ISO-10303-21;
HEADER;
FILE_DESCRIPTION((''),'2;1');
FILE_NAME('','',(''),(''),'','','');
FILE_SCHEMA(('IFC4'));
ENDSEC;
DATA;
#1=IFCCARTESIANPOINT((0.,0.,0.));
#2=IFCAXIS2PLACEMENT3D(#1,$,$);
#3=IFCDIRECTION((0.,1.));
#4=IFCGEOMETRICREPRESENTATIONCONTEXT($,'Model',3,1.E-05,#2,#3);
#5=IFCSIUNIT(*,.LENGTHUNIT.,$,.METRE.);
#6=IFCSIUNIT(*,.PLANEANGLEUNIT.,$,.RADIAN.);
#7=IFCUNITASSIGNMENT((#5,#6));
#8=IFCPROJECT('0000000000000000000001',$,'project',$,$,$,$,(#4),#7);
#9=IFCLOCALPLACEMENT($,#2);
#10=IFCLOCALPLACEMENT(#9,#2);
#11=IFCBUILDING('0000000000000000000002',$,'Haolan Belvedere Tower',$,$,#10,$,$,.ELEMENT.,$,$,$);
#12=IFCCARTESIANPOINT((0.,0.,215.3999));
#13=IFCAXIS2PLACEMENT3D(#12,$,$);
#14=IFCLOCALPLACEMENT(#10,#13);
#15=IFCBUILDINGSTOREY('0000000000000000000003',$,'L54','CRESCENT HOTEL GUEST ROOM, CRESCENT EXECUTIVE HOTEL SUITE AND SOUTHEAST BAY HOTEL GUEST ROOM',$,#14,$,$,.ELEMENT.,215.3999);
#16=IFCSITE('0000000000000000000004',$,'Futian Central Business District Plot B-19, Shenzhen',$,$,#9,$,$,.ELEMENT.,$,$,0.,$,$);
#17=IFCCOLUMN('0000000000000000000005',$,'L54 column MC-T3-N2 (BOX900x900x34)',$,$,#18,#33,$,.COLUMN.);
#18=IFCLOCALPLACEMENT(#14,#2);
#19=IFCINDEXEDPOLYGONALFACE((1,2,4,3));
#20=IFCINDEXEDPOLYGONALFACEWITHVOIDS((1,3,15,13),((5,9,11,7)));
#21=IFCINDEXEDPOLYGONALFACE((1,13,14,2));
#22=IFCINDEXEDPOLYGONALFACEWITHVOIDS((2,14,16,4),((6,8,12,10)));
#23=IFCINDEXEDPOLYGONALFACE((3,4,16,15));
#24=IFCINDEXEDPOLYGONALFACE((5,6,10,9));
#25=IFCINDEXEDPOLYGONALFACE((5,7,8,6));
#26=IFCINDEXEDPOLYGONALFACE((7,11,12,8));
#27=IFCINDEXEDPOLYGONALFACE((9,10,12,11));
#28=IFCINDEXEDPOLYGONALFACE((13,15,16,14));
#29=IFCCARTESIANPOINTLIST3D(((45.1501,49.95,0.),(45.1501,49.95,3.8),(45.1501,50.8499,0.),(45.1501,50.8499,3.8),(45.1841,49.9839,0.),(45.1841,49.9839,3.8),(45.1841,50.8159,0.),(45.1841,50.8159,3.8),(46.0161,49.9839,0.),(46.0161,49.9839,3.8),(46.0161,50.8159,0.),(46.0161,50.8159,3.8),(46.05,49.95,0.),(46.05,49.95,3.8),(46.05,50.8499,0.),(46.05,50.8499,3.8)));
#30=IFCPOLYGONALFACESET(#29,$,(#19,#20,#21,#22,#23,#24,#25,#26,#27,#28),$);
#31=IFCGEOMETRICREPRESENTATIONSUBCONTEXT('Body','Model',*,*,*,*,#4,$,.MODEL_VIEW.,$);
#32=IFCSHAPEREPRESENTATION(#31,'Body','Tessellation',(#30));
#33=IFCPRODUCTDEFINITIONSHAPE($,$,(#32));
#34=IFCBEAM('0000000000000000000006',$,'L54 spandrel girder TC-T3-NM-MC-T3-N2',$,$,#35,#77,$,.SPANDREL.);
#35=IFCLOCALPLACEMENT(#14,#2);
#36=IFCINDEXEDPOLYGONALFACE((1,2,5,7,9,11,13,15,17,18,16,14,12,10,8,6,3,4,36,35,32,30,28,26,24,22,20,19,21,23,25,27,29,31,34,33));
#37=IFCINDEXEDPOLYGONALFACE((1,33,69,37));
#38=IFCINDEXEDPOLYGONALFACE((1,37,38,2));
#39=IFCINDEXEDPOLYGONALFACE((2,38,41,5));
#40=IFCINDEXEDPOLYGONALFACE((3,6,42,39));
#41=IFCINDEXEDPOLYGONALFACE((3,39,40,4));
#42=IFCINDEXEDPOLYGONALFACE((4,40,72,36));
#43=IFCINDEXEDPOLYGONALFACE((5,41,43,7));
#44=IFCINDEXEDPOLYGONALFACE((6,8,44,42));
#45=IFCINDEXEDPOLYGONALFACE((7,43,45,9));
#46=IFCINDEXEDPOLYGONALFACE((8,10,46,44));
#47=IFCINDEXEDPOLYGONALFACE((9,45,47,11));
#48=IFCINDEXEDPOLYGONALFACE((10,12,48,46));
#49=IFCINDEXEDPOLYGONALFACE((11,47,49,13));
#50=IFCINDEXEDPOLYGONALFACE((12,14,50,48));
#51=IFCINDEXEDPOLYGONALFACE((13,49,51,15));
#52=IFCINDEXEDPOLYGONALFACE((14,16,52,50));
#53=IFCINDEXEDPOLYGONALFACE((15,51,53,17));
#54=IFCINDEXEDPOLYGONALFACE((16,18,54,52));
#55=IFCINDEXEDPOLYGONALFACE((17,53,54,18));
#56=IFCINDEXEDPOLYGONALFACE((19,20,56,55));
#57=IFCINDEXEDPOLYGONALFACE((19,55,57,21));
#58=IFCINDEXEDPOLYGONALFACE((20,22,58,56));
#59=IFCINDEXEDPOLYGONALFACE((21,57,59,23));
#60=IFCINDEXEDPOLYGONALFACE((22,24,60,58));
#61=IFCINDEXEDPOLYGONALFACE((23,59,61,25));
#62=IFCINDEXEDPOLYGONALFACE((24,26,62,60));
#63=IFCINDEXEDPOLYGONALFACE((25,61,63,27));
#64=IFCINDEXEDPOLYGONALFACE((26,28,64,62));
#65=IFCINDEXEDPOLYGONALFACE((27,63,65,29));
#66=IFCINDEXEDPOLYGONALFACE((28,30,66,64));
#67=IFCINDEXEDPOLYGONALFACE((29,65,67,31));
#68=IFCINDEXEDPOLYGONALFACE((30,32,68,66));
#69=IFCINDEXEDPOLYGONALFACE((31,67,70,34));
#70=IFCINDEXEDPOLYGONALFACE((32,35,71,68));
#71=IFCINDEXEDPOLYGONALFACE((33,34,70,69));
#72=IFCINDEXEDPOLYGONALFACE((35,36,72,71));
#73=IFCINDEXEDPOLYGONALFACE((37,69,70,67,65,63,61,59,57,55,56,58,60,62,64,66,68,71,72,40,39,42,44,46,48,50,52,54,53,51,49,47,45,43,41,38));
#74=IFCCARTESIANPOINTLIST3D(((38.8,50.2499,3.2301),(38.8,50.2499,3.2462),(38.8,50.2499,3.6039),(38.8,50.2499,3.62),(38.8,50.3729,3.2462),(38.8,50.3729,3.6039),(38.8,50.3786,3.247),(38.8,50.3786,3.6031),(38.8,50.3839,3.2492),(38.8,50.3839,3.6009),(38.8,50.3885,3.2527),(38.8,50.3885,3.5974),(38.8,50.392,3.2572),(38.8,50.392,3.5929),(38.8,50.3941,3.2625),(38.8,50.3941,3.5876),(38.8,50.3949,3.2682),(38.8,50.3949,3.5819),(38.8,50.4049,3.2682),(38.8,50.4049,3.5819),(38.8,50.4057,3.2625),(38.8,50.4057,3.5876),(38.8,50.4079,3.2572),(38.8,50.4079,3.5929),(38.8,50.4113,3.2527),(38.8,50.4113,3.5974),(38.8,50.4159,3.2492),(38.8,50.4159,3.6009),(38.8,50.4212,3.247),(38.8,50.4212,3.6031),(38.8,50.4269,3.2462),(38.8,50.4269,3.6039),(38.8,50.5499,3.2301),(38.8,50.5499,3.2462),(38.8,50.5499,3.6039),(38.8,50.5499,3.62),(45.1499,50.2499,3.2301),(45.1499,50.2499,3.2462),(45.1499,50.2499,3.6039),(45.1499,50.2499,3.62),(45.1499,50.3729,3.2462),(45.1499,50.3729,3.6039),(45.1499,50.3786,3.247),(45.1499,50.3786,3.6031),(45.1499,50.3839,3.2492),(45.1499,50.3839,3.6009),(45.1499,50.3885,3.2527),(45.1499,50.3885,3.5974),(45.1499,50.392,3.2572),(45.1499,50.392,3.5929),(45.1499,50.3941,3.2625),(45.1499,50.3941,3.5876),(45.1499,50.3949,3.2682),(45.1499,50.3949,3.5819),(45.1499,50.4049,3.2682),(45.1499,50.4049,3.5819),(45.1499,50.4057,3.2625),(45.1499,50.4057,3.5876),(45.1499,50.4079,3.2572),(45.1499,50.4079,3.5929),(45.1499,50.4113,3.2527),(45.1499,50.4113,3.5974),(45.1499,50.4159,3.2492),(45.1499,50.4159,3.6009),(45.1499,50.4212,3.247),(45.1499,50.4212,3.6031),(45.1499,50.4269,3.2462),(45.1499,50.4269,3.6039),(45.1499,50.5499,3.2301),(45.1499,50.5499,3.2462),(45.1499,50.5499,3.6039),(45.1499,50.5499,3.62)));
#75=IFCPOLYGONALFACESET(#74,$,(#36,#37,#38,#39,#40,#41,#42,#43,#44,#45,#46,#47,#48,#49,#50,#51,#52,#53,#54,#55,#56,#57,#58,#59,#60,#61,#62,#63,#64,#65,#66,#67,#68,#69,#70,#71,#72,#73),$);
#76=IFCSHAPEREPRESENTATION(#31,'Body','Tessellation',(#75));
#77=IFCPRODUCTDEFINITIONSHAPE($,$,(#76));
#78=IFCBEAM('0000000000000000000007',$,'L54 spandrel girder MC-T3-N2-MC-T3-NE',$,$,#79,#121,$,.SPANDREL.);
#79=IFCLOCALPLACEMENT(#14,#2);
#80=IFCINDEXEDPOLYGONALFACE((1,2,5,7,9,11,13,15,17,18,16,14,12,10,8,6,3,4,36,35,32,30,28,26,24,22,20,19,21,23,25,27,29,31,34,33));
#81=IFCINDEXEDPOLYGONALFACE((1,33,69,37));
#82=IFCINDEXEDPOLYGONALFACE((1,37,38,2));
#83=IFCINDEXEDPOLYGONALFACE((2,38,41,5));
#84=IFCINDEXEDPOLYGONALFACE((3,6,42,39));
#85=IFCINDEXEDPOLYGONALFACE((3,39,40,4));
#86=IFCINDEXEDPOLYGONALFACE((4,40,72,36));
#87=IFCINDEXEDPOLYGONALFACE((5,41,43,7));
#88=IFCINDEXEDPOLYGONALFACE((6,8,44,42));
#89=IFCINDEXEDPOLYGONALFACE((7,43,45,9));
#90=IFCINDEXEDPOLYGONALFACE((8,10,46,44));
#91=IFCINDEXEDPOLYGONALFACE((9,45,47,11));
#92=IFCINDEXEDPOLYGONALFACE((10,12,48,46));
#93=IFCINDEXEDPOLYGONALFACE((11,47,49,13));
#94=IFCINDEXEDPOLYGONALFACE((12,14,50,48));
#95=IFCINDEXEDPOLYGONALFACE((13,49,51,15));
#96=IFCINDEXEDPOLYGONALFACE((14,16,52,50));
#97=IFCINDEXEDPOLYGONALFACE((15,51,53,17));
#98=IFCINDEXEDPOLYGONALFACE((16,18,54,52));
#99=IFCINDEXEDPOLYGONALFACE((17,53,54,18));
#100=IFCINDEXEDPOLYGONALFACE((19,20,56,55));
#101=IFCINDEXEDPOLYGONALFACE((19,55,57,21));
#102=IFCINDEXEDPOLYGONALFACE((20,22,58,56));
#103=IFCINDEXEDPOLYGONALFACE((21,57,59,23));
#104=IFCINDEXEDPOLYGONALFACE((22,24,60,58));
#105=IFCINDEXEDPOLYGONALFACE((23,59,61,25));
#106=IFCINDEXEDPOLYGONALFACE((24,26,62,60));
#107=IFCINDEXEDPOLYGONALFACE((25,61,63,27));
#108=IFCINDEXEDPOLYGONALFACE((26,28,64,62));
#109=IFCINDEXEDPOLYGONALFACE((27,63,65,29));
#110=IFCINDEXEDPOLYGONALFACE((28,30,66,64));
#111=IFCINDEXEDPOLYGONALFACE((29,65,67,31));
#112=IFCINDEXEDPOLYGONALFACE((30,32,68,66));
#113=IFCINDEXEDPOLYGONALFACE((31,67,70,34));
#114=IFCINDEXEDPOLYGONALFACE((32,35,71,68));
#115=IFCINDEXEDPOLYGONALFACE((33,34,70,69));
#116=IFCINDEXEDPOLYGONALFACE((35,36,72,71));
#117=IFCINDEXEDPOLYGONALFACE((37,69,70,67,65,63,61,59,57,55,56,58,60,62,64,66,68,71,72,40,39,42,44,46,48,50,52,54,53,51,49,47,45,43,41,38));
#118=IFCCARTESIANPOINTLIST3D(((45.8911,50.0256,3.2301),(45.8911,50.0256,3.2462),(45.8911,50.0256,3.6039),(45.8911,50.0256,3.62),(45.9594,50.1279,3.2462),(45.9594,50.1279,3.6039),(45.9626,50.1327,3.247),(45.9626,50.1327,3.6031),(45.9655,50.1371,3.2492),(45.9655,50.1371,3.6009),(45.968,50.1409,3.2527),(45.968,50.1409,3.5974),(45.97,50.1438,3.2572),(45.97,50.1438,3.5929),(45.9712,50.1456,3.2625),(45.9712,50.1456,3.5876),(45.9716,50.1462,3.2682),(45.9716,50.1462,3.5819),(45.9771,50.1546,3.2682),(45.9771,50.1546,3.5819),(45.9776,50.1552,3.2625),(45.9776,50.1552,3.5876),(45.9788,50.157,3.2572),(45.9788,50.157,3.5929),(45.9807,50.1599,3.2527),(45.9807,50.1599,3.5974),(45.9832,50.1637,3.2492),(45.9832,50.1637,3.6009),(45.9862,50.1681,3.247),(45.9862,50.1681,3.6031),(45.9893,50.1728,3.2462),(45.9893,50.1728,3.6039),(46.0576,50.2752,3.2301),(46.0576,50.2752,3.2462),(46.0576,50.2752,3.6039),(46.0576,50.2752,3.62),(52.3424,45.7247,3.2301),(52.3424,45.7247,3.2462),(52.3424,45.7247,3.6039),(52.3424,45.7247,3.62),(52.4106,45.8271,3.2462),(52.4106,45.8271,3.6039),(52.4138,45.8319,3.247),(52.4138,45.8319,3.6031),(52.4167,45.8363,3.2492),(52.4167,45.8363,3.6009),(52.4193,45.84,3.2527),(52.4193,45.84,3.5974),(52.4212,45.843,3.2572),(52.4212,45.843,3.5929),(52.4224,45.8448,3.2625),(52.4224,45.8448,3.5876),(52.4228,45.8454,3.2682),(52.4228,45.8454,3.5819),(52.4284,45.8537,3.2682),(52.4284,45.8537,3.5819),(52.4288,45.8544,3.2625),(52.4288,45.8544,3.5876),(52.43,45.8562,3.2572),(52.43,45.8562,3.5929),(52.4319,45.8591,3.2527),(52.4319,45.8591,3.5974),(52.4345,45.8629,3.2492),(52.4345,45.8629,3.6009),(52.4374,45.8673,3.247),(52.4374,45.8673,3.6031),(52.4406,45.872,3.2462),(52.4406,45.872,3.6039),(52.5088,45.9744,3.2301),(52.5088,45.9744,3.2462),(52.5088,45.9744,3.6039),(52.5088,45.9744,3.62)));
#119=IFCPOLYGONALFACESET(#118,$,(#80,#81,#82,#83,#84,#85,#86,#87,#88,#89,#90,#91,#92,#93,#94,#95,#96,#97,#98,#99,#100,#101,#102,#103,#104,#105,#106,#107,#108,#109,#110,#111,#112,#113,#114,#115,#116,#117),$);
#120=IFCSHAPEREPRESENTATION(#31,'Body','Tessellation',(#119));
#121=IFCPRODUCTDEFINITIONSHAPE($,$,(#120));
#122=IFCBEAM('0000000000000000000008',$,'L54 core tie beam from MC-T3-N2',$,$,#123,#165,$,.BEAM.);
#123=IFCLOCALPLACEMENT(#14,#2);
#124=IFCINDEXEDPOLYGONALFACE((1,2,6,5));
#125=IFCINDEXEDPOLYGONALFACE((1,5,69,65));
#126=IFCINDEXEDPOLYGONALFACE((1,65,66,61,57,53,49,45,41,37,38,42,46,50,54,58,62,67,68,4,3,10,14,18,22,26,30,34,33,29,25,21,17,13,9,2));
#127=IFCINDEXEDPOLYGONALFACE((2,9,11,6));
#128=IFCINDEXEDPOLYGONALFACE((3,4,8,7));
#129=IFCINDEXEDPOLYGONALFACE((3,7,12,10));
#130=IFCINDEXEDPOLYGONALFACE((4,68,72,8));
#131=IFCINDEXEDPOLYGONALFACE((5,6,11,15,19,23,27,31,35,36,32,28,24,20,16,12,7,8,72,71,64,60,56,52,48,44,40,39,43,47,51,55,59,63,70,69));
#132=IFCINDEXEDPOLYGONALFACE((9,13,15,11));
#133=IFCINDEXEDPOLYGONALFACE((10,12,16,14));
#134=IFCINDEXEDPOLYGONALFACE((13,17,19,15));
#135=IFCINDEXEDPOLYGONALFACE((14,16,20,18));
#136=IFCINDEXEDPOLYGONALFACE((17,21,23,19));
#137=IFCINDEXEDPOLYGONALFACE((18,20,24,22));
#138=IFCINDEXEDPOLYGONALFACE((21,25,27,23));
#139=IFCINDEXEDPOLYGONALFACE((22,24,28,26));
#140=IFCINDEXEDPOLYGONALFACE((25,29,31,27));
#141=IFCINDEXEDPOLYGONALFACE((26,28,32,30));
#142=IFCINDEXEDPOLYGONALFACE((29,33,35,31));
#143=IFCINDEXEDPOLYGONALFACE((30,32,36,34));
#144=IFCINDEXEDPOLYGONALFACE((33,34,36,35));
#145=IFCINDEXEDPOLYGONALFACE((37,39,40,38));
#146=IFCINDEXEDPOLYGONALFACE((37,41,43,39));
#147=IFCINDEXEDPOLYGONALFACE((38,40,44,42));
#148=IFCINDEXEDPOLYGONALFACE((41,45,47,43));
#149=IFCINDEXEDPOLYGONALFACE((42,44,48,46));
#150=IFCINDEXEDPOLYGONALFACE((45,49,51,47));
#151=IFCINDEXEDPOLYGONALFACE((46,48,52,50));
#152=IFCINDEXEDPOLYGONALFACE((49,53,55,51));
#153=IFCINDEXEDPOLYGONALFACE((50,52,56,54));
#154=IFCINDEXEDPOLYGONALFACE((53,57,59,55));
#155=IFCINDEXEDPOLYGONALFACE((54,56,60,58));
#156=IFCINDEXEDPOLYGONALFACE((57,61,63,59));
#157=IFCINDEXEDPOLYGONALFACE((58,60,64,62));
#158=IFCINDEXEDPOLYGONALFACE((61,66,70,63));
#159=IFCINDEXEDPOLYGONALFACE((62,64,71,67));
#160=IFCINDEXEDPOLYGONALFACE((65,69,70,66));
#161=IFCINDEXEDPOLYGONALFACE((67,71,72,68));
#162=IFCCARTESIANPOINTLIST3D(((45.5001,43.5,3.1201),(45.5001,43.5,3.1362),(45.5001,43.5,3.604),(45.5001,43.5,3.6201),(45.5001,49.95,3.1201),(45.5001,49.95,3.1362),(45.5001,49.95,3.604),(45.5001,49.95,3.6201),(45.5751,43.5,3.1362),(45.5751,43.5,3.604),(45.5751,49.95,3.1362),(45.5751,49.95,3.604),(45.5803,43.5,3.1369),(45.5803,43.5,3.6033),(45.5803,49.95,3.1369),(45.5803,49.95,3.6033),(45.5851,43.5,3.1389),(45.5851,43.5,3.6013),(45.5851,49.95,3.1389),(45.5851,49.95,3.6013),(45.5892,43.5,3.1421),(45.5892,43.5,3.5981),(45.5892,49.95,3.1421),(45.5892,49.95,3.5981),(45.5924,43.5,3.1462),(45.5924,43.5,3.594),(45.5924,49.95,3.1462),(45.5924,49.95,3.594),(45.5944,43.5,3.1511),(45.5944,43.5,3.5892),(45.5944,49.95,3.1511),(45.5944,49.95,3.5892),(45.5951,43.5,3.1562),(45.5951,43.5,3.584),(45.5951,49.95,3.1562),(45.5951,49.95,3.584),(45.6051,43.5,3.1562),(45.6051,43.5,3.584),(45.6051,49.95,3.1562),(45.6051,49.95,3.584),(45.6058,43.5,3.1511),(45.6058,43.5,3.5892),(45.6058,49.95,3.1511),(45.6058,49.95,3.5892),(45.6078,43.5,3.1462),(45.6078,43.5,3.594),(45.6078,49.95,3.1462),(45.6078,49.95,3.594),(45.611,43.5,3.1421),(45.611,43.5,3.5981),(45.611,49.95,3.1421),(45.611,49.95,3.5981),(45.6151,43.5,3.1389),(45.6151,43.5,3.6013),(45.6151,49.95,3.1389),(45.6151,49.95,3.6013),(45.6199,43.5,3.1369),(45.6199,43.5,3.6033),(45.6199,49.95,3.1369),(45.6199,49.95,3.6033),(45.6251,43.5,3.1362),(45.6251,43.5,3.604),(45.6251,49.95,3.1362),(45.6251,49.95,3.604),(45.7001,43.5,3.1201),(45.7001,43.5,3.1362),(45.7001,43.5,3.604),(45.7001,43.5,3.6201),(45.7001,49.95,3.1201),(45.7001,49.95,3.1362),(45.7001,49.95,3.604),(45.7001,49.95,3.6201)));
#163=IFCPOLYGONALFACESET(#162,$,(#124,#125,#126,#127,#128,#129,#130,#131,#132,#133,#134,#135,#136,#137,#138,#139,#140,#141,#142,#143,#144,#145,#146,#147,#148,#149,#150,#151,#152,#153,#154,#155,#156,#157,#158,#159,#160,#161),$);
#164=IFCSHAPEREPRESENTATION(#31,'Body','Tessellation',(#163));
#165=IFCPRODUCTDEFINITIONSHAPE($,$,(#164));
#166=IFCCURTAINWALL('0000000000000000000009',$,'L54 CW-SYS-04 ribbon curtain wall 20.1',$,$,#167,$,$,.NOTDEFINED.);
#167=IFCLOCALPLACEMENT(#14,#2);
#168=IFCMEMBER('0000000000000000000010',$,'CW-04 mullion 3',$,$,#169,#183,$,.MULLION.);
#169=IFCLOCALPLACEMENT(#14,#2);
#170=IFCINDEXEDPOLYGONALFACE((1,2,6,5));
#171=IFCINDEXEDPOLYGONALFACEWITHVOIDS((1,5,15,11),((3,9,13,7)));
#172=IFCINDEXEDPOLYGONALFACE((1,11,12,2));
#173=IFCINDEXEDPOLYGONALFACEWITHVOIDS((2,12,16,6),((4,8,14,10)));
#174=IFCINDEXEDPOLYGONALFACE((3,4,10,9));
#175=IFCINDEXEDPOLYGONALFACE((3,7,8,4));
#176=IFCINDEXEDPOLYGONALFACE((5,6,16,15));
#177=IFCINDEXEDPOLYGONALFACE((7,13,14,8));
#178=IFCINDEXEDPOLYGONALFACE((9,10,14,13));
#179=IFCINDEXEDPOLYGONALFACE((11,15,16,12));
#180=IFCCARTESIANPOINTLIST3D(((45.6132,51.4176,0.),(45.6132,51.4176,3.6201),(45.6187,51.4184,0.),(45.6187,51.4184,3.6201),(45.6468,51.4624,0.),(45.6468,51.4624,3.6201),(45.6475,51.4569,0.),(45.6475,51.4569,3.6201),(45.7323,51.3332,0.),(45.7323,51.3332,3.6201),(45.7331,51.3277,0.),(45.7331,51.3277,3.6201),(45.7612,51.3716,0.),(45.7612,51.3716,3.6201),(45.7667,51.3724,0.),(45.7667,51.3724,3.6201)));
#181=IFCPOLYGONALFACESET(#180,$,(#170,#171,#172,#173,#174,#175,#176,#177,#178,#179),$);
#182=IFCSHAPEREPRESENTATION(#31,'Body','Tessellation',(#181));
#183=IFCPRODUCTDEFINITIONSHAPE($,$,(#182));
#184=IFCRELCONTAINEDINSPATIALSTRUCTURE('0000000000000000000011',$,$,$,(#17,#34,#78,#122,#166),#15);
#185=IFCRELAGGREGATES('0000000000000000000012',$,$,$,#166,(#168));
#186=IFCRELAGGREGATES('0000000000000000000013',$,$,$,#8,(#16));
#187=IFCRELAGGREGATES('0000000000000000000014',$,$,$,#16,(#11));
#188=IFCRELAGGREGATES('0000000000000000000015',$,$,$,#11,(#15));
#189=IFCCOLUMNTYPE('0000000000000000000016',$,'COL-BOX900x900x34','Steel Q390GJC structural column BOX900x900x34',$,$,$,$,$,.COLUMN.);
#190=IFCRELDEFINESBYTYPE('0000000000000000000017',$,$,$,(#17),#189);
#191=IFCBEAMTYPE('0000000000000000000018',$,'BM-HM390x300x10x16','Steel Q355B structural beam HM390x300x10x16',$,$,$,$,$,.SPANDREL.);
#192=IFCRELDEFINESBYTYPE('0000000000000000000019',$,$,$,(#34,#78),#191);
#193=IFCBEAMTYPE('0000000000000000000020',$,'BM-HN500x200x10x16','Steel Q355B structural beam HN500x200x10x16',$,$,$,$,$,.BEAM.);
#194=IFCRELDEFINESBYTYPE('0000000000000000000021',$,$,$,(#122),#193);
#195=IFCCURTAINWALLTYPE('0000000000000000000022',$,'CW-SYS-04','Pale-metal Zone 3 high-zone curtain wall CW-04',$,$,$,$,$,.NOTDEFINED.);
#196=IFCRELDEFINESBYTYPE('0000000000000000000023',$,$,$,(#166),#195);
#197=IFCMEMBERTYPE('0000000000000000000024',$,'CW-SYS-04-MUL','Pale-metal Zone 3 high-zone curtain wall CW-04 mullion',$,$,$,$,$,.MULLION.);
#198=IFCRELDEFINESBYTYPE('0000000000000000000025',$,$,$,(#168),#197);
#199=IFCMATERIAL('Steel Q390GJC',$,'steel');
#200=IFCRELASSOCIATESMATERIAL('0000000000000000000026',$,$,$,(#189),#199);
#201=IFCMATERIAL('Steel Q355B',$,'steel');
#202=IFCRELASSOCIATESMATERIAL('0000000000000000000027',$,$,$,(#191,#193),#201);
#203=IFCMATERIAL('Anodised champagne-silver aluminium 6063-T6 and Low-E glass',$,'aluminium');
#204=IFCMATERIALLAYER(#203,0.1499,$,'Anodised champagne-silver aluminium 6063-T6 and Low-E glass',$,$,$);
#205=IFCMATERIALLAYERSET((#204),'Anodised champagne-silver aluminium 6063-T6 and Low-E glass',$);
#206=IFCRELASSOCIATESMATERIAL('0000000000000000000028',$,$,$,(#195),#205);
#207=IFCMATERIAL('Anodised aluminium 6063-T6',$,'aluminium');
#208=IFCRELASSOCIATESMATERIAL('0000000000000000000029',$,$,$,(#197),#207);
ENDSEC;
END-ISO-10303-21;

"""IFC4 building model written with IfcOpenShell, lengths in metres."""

from ifc_helpers import new_model, si_unit, direction, frame, origin, origin_2d, place, context, subcontext, project, spatial, hollow_rectangle, i_section, extrude, material, layer, layer_set, material_profile, profile_set, type_object, element, aggregate, save


model = new_model("IFC4")

# Units and contexts
model_context = context("Model", 3, precision=1e-05, world=origin(), true_north=direction((0.0, 1.0)))
body_context = subcontext(model_context, "Body", "Model", "MODEL_VIEW")
ifc_project = project(units=[si_unit("LENGTHUNIT", "METRE"), si_unit("PLANEANGLEUNIT", "RADIAN")], contexts=[model_context])

# Site, building, storey
site_placement = place(None, origin())
site = spatial("IfcSite", under=ifc_project, at=site_placement, Name="Futian Central Business District Plot B-19, Shenzhen", CompositionType="ELEMENT", RefElevation=0.0)
building_placement = place(site_placement, origin())
building = spatial("IfcBuilding", under=site, at=building_placement, Name="Haolan Belvedere Tower", CompositionType="ELEMENT")
storey_placement = place(building_placement, frame((0.0, 0.0, 215.3999)))
storey = spatial("IfcBuildingStorey", under=building, at=storey_placement, Name="L54", Description="CRESCENT HOTEL GUEST ROOM, CRESCENT EXECUTIVE HOTEL SUITE AND SOUTHEAST BAY HOTEL GUEST ROOM", CompositionType="ELEMENT", Elevation=215.3999)

# Column
ifc_material_1 = material(Name="Steel Q390GJC", Category="steel")
ifc_material_profile_1 = material_profile(ifc_material_1, hollow_rectangle(XDim=0.8999, YDim=0.8999, WallThickness=0.0339, at=origin_2d()), Name="Steel Q390GJC")
ifc_profile_set_1 = profile_set([ifc_material_profile_1], Name="Steel Q390GJC")
column_type = type_object("IfcColumnType", Name="COL-BOX900x900x34", Description="Steel Q390GJC structural column BOX900x900x34", PredefinedType="COLUMN", material=ifc_profile_set_1)
column_placement = place(storey_placement, frame((45.6001, 50.3999, 0.0), z_axis=(0.0, 0.0, 1.0), x_axis=(1.0, 0.0, 0.0)))
element("IfcColumn", 1, at=column_placement, inside=storey, type_object=column_type, Name="L54 column MC-T3-N2 (BOX900x900x34)", PredefinedType="COLUMN", context=body_context, shape_type="SweptSolid", body=[
    extrude(hollow_rectangle(XDim=0.8999, YDim=0.8999, WallThickness=0.0339, at=origin_2d()), origin(), (0.0, 0.0, 1.0), 3.8),
])

# Beams
ifc_material_2 = material(Name="Steel Q355B", Category="steel")
ifc_material_profile_2 = material_profile(ifc_material_2, i_section(OverallWidth=0.3, OverallDepth=0.3899, WebThickness=0.01, FlangeThickness=0.0161, FilletRadius=0.022, at=origin_2d()), Name="Steel Q355B")
ifc_profile_set_2 = profile_set([ifc_material_profile_2], Name="Steel Q355B")
beam_type_1 = type_object("IfcBeamType", Name="BM-HM390x300x10x16", Description="Steel Q355B structural beam HM390x300x10x16", PredefinedType="SPANDREL", material=ifc_profile_set_2)
beam_1_placement = place(storey_placement, frame((38.8, 50.3999, 3.425), z_axis=(1.0, 0.0, 0.0), x_axis=(0.0, 1.0, 0.0)))
element("IfcBeam", 2, at=beam_1_placement, inside=storey, type_object=beam_type_1, Name="L54 spandrel girder TC-T3-NM-MC-T3-N2", PredefinedType="SPANDREL", context=body_context, shape_type="SweptSolid", body=[
    extrude(i_section(OverallWidth=0.3, OverallDepth=0.3899, WebThickness=0.01, FlangeThickness=0.0161, FilletRadius=0.022, at=origin_2d()), origin(), (0.0, 0.0, 1.0), 6.3499),
])
beam_2_placement = place(storey_placement, frame((45.9744, 50.1504, 3.425), z_axis=(0.83205, -0.5547, 0.0), x_axis=(0.5547, 0.83205, 0.0)))
element("IfcBeam", 3, at=beam_2_placement, inside=storey, type_object=beam_type_1, Name="L54 spandrel girder MC-T3-N2-MC-T3-NE", PredefinedType="SPANDREL", context=body_context, shape_type="SweptSolid", body=[
    extrude(i_section(OverallWidth=0.3, OverallDepth=0.3899, WebThickness=0.01, FlangeThickness=0.0161, FilletRadius=0.022, at=origin_2d()), origin(), (0.0, 0.0, 1.0), 7.7534),
])
ifc_material_profile_3 = material_profile(ifc_material_2, i_section(OverallWidth=0.2, OverallDepth=0.5, WebThickness=0.01, FlangeThickness=0.0161, FilletRadius=0.02, at=origin_2d()), Name="Steel Q355B")
ifc_profile_set_3 = profile_set([ifc_material_profile_3], Name="Steel Q355B")
beam_type_2 = type_object("IfcBeamType", Name="BM-HN500x200x10x16", Description="Steel Q355B structural beam HN500x200x10x16", PredefinedType="BEAM", material=ifc_profile_set_3)
beam_3_placement = place(storey_placement, frame((45.6001, 49.95, 3.3701), z_axis=(0.0, -1.0, 0.0), x_axis=(1.0, 0.0, 0.0)))
element("IfcBeam", 4, at=beam_3_placement, inside=storey, type_object=beam_type_2, Name="L54 core tie beam from MC-T3-N2", PredefinedType="BEAM", context=body_context, shape_type="SweptSolid", body=[
    extrude(i_section(OverallWidth=0.2, OverallDepth=0.5, WebThickness=0.01, FlangeThickness=0.0161, FilletRadius=0.02, at=origin_2d()), origin(), (0.0, 0.0, 1.0), 6.45),
])

# Curtain wall, member
ifc_material_3 = material(Name="Anodised champagne-silver aluminium 6063-T6 and Low-E glass", Category="aluminium")
ifc_layer_1 = layer(ifc_material_3, 0.1499, Name="Anodised champagne-silver aluminium 6063-T6 and Low-E glass")
ifc_layer_set_1 = layer_set([ifc_layer_1], Name="Anodised champagne-silver aluminium 6063-T6 and Low-E glass")
curtain_wall_type = type_object("IfcCurtainWallType", Name="CW-SYS-04", Description="Pale-metal Zone 3 high-zone curtain wall CW-04", PredefinedType="NOTDEFINED", material=ifc_layer_set_1)
curtain_wall_1_placement = place(storey_placement, origin())
curtain_wall_1 = element("IfcCurtainWall", 5, at=curtain_wall_1_placement, inside=storey, type_object=curtain_wall_type, Name="L54 CW-SYS-04 ribbon curtain wall 20.1", PredefinedType="NOTDEFINED")
ifc_material_4 = material(Name="Anodised aluminium 6063-T6", Category="aluminium")
ifc_material_profile_4 = material_profile(ifc_material_4, hollow_rectangle(XDim=0.0559, YDim=0.1499, WallThickness=0.0039, at=origin_2d()), Name="Anodised aluminium 6063-T6")
ifc_profile_set_4 = profile_set([ifc_material_profile_4], Name="Anodised aluminium 6063-T6")
member_type_1 = type_object("IfcMemberType", Name="CW-SYS-04-MUL", Description="Pale-metal Zone 3 high-zone curtain wall CW-04 mullion", PredefinedType="MULLION", material=ifc_profile_set_4)
member_1_placement = place(storey_placement, frame((45.6899, 51.395, 0.0), z_axis=(0.0, 0.0, 1.0), x_axis=(-0.600003, -0.799998, 0.0)))
member_1 = element("IfcMember", 6, at=member_1_placement, type_object=member_type_1, Name="CW-04 mullion 3", PredefinedType="MULLION", context=body_context, shape_type="SweptSolid", body=[
    extrude(hollow_rectangle(XDim=0.0559, YDim=0.1499, WallThickness=0.0039, at=origin_2d()), origin(), (0.0, 0.0, 1.0), 3.6201),
])
aggregate(curtain_wall_1, [member_1])

save(model, "model.ifc")
